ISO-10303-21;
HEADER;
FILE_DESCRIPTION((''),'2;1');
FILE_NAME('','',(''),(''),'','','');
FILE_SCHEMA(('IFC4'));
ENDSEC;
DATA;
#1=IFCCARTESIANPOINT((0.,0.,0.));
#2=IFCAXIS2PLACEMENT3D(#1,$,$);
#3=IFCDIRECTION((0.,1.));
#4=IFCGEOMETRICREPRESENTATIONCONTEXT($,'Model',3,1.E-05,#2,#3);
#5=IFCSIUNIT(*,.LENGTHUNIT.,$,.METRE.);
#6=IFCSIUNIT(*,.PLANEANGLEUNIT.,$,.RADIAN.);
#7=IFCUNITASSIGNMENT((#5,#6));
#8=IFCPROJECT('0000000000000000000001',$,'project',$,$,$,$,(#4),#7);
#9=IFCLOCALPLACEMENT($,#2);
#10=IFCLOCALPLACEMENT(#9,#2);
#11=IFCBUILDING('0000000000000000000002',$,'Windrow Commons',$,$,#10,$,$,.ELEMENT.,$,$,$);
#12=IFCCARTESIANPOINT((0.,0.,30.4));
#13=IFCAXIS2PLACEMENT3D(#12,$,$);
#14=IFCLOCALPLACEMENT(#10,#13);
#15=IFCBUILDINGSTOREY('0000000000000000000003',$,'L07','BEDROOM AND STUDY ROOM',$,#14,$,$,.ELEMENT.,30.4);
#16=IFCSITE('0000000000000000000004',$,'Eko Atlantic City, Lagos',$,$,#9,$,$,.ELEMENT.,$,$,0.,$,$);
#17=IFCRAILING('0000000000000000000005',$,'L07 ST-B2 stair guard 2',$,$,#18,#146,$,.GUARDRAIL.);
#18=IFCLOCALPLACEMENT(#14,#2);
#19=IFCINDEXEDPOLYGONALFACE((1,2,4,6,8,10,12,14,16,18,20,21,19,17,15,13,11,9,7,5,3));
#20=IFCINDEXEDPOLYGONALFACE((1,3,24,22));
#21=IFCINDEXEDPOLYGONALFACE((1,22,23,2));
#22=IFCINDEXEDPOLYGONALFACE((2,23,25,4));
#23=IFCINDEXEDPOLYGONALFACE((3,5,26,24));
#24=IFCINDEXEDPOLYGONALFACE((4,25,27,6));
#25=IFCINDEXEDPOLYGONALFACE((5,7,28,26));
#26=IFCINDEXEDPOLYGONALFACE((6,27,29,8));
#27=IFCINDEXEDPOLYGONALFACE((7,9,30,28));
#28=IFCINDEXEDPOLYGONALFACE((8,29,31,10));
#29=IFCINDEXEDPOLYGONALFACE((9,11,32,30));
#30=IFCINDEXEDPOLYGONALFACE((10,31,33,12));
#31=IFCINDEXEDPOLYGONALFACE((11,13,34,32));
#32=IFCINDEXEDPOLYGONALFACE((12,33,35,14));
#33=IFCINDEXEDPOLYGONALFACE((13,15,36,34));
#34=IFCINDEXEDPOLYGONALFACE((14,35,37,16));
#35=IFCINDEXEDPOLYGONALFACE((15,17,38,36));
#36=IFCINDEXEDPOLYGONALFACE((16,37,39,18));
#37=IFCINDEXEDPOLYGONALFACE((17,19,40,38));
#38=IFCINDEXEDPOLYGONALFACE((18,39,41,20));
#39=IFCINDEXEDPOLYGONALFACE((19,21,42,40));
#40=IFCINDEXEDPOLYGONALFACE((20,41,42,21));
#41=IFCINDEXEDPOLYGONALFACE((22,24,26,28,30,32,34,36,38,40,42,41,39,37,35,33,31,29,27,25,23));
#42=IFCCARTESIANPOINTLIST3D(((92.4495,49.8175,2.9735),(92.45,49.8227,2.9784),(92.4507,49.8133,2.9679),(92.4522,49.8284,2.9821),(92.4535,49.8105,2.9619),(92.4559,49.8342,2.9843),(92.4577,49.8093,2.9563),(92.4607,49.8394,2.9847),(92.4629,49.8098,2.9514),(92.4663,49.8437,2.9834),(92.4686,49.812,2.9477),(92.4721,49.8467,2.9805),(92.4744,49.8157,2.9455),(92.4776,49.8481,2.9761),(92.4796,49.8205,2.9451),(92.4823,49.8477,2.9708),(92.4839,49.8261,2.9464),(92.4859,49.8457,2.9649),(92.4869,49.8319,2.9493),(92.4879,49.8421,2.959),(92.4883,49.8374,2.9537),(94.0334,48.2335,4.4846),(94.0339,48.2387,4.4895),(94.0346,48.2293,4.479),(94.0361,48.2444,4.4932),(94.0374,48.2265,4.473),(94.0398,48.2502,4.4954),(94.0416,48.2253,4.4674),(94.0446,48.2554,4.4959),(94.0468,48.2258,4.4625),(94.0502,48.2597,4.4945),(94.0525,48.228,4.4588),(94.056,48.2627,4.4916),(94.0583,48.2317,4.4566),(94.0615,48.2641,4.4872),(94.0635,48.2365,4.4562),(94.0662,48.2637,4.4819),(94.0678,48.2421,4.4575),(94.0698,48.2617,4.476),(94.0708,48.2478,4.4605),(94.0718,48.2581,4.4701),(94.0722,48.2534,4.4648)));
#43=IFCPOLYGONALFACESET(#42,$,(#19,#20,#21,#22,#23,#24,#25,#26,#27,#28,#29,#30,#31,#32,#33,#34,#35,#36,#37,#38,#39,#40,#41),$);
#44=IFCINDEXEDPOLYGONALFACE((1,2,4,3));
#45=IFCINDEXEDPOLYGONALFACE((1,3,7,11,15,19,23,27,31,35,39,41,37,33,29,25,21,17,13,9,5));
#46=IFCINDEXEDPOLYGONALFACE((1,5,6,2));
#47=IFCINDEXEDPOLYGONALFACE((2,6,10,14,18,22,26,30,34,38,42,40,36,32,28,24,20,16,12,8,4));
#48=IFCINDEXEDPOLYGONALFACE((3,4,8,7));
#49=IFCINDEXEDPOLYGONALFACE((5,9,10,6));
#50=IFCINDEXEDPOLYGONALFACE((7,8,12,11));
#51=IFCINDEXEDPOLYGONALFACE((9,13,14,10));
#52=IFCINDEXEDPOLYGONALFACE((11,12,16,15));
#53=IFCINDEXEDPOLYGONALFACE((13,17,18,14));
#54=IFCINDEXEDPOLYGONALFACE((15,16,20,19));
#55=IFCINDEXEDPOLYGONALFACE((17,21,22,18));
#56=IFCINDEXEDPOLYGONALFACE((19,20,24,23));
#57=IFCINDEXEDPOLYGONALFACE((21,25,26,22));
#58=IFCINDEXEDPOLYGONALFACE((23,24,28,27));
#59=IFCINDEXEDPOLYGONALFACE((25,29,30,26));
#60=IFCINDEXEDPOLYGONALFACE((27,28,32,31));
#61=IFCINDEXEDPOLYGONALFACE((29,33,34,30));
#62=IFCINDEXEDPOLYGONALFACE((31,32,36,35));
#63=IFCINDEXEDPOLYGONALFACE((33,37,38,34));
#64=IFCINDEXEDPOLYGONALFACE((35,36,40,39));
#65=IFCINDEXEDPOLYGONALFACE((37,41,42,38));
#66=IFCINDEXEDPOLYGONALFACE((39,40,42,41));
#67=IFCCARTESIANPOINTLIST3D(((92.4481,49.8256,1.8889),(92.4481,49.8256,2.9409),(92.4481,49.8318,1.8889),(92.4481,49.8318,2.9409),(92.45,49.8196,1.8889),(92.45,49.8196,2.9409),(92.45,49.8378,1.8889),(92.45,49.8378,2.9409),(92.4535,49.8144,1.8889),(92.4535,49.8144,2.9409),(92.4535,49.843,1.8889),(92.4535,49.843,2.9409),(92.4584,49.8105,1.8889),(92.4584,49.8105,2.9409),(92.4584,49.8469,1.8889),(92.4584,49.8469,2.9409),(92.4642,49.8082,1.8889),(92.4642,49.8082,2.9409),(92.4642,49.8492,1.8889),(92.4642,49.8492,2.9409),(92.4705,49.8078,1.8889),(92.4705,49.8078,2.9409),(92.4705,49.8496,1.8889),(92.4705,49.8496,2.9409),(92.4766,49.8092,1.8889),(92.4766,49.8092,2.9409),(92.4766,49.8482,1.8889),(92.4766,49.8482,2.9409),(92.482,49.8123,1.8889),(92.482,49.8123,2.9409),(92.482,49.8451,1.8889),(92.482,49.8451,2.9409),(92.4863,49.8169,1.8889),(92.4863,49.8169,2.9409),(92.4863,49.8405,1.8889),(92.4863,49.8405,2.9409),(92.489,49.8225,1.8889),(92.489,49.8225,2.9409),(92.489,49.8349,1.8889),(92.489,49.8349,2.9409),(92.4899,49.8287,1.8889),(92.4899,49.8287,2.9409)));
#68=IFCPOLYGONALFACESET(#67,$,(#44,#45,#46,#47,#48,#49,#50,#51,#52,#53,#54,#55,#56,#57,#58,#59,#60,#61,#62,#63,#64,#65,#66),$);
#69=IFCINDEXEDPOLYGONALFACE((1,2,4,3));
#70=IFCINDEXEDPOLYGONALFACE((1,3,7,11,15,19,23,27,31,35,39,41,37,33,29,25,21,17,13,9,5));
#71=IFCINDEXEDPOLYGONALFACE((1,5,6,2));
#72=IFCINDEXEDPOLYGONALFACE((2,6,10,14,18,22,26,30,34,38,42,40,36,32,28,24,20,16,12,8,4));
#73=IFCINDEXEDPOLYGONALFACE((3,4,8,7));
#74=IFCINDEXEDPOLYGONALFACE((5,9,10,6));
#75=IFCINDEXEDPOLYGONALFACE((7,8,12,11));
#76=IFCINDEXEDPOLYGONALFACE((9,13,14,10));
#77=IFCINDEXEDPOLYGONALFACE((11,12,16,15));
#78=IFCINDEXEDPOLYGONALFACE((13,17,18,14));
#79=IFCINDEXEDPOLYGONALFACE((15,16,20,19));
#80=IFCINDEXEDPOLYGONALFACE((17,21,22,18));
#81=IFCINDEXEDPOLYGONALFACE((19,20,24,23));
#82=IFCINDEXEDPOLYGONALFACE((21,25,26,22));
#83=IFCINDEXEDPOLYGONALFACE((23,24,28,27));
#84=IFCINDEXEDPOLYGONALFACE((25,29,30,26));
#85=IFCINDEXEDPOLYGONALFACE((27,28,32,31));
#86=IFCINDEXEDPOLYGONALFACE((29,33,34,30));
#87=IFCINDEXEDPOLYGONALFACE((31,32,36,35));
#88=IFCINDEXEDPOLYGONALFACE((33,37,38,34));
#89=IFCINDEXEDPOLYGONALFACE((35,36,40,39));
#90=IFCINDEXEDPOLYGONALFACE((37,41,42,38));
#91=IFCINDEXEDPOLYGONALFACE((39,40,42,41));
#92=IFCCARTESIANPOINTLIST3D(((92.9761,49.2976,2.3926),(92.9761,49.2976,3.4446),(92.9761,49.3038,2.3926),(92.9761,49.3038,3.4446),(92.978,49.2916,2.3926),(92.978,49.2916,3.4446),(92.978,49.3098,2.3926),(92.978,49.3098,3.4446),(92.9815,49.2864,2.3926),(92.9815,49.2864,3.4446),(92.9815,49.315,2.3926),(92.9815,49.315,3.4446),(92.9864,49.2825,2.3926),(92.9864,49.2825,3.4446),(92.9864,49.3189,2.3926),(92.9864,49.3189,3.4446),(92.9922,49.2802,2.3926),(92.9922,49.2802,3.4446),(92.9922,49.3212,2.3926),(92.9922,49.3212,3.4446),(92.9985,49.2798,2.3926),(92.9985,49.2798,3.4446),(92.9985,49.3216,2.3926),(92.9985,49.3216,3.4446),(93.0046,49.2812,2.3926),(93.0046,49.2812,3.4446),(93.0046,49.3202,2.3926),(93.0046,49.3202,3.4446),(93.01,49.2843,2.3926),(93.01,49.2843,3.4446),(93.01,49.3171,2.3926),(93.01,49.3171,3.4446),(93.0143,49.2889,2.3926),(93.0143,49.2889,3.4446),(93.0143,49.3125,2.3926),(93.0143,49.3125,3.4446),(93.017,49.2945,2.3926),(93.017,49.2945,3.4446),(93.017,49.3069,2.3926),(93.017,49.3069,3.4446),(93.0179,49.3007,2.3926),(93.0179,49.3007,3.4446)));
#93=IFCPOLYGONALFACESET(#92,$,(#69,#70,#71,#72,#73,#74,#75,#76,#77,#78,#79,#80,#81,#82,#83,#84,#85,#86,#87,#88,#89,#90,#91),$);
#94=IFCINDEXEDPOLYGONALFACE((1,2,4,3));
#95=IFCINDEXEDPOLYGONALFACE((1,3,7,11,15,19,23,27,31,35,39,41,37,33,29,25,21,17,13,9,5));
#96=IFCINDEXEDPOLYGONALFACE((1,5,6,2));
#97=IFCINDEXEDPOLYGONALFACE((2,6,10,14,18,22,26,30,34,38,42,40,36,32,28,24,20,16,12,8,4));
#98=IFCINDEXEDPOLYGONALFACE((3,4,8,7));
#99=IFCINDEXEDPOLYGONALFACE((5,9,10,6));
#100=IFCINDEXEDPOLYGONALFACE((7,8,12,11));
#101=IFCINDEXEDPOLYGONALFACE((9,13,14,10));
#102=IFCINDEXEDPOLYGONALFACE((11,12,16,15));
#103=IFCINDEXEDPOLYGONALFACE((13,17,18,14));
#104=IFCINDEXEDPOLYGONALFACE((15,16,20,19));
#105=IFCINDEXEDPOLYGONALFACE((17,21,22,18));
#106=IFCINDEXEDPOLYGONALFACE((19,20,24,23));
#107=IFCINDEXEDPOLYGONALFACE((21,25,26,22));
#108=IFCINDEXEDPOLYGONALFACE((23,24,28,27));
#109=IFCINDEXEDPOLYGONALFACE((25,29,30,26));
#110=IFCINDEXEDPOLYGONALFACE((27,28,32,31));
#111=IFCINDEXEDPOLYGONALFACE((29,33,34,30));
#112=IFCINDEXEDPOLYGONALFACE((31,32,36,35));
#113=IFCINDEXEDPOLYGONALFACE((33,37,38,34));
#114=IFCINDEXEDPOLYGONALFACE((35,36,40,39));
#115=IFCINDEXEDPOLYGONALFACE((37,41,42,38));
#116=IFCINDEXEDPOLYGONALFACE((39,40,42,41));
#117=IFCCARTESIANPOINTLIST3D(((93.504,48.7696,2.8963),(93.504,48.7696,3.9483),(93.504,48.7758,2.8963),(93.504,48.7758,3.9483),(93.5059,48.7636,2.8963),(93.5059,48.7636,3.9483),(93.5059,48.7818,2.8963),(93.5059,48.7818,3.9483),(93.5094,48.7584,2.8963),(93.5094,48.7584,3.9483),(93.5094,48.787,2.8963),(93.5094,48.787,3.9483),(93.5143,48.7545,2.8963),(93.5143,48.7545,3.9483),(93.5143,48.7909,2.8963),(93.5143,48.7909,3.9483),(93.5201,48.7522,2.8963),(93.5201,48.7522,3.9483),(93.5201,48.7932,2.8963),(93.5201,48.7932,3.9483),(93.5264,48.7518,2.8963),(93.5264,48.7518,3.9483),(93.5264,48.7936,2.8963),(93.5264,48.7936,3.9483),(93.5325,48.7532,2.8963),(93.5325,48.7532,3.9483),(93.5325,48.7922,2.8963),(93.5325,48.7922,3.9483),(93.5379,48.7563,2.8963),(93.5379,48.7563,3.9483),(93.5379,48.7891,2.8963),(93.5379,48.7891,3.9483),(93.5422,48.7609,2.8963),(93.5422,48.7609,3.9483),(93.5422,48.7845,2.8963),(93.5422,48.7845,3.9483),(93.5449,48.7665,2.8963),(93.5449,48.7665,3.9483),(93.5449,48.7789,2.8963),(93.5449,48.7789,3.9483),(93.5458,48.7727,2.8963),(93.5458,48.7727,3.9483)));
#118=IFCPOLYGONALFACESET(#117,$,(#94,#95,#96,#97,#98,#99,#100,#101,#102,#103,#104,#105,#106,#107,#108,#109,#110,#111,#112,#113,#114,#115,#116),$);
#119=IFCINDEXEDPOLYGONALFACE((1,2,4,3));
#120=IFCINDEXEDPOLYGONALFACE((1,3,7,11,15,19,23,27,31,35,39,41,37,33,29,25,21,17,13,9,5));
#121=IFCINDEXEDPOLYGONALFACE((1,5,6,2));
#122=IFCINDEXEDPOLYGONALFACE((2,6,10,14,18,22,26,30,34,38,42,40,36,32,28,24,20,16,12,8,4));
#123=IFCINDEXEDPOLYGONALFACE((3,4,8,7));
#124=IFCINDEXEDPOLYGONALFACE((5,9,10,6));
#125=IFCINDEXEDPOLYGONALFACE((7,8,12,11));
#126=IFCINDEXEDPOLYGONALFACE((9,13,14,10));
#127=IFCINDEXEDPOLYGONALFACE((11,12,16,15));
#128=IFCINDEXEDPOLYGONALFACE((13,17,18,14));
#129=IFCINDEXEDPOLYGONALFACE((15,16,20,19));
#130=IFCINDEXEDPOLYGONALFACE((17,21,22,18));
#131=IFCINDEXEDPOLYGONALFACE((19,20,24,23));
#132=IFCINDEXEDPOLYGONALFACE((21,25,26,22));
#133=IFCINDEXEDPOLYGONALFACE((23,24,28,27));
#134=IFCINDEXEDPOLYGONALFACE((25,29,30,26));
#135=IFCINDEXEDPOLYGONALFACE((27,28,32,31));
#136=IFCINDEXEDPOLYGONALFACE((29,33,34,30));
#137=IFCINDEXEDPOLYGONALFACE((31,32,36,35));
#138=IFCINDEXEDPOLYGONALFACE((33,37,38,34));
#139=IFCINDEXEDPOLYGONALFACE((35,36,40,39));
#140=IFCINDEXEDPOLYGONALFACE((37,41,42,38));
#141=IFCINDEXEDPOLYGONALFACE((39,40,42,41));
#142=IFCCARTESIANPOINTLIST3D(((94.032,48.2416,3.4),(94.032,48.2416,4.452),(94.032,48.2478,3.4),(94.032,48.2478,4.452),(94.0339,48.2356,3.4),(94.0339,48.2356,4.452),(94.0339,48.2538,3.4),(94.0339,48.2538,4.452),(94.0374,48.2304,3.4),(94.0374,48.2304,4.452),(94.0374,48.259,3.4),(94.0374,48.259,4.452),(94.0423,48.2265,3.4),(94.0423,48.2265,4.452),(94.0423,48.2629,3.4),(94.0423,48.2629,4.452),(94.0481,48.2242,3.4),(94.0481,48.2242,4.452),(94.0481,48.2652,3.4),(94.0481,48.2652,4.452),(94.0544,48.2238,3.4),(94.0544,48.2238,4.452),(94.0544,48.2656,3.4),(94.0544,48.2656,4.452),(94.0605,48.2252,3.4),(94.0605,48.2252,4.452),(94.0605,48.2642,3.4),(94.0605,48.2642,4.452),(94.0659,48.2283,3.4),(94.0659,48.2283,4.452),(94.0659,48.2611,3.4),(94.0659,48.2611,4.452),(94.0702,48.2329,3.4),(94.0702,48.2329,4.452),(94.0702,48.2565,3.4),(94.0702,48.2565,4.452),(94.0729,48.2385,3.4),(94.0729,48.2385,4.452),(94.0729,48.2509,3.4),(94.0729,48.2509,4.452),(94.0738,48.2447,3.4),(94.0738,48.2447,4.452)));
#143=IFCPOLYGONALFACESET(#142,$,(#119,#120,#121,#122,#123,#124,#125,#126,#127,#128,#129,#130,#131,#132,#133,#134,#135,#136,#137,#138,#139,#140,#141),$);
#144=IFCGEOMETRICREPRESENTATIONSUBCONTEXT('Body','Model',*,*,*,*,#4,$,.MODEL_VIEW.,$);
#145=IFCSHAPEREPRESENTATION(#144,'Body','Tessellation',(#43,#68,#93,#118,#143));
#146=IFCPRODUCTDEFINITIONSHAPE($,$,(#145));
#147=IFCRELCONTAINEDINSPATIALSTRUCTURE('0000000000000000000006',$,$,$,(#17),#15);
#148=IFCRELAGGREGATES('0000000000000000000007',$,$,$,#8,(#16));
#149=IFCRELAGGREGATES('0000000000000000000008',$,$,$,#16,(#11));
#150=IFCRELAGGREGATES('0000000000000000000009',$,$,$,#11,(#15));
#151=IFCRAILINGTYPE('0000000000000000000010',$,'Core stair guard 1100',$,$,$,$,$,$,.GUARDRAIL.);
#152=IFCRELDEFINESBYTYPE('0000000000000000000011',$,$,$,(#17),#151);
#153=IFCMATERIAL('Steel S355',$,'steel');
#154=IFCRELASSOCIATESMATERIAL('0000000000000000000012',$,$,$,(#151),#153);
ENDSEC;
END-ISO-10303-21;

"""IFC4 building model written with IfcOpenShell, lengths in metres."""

from ifc_helpers import new_model, si_unit, direction, frame, origin, origin_2d, place, context, subcontext, project, spatial, circle, extrude, material, type_object, element, save


model = new_model("IFC4")

# Units and contexts
model_context = context("Model", 3, precision=1e-05, world=origin(), true_north=direction((0.0, 1.0)))
body_context = subcontext(model_context, "Body", "Model", "MODEL_VIEW")
ifc_project = project(units=[si_unit("LENGTHUNIT", "METRE"), si_unit("PLANEANGLEUNIT", "RADIAN")], contexts=[model_context])

# Site, building, storey
site_placement = place(None, origin())
site = spatial("IfcSite", under=ifc_project, at=site_placement, Name="Eko Atlantic City, Lagos", CompositionType="ELEMENT", RefElevation=0.0)
building_placement = place(site_placement, origin())
building = spatial("IfcBuilding", under=site, at=building_placement, Name="Windrow Commons", CompositionType="ELEMENT")
storey_placement = place(building_placement, frame((0.0, 0.0, 30.4)))
storey = spatial("IfcBuildingStorey", under=building, at=storey_placement, Name="L07", Description="BEDROOM AND STUDY ROOM", CompositionType="ELEMENT", Elevation=30.4)

# Railing
ifc_material_1 = material(Name="Steel S355", Category="steel")
railing_type = type_object("IfcRailingType", Name="Core stair guard 1100", PredefinedType="GUARDRAIL", material=ifc_material_1)
railing_1_placement = place(storey_placement, frame((92.4689, 49.8287, 1.8889)))
element("IfcRailing", 1, at=railing_1_placement, inside=storey, type_object=railing_type, Name="L07 ST-B2 stair guard 2", PredefinedType="GUARDRAIL", context=body_context, shape_type="SweptSolid", body=[
    extrude(circle(Radius=0.024, at=origin_2d()), frame((0.0, 0.0, 1.076), z_axis=(0.586179, -0.586216, 0.559237), x_axis=(0.707129, 0.707084, 0.0)), (0.0, 0.0, 1.0), 2.7021),
    extrude(circle(Radius=0.021, at=origin_2d()), origin(), (0.0, 0.0, 1.0), 1.052),
    extrude(circle(Radius=0.021, at=origin_2d()), frame((0.528, -0.528, 0.5037)), (0.0, 0.0, 1.0), 1.052),
    extrude(circle(Radius=0.021, at=origin_2d()), frame((1.0559, -1.056, 1.0074)), (0.0, 0.0, 1.0), 1.052),
    extrude(circle(Radius=0.021, at=origin_2d()), frame((1.5839, -1.584, 1.5111)), (0.0, 0.0, 1.0), 1.052),
])

save(model, "model.ifc")
